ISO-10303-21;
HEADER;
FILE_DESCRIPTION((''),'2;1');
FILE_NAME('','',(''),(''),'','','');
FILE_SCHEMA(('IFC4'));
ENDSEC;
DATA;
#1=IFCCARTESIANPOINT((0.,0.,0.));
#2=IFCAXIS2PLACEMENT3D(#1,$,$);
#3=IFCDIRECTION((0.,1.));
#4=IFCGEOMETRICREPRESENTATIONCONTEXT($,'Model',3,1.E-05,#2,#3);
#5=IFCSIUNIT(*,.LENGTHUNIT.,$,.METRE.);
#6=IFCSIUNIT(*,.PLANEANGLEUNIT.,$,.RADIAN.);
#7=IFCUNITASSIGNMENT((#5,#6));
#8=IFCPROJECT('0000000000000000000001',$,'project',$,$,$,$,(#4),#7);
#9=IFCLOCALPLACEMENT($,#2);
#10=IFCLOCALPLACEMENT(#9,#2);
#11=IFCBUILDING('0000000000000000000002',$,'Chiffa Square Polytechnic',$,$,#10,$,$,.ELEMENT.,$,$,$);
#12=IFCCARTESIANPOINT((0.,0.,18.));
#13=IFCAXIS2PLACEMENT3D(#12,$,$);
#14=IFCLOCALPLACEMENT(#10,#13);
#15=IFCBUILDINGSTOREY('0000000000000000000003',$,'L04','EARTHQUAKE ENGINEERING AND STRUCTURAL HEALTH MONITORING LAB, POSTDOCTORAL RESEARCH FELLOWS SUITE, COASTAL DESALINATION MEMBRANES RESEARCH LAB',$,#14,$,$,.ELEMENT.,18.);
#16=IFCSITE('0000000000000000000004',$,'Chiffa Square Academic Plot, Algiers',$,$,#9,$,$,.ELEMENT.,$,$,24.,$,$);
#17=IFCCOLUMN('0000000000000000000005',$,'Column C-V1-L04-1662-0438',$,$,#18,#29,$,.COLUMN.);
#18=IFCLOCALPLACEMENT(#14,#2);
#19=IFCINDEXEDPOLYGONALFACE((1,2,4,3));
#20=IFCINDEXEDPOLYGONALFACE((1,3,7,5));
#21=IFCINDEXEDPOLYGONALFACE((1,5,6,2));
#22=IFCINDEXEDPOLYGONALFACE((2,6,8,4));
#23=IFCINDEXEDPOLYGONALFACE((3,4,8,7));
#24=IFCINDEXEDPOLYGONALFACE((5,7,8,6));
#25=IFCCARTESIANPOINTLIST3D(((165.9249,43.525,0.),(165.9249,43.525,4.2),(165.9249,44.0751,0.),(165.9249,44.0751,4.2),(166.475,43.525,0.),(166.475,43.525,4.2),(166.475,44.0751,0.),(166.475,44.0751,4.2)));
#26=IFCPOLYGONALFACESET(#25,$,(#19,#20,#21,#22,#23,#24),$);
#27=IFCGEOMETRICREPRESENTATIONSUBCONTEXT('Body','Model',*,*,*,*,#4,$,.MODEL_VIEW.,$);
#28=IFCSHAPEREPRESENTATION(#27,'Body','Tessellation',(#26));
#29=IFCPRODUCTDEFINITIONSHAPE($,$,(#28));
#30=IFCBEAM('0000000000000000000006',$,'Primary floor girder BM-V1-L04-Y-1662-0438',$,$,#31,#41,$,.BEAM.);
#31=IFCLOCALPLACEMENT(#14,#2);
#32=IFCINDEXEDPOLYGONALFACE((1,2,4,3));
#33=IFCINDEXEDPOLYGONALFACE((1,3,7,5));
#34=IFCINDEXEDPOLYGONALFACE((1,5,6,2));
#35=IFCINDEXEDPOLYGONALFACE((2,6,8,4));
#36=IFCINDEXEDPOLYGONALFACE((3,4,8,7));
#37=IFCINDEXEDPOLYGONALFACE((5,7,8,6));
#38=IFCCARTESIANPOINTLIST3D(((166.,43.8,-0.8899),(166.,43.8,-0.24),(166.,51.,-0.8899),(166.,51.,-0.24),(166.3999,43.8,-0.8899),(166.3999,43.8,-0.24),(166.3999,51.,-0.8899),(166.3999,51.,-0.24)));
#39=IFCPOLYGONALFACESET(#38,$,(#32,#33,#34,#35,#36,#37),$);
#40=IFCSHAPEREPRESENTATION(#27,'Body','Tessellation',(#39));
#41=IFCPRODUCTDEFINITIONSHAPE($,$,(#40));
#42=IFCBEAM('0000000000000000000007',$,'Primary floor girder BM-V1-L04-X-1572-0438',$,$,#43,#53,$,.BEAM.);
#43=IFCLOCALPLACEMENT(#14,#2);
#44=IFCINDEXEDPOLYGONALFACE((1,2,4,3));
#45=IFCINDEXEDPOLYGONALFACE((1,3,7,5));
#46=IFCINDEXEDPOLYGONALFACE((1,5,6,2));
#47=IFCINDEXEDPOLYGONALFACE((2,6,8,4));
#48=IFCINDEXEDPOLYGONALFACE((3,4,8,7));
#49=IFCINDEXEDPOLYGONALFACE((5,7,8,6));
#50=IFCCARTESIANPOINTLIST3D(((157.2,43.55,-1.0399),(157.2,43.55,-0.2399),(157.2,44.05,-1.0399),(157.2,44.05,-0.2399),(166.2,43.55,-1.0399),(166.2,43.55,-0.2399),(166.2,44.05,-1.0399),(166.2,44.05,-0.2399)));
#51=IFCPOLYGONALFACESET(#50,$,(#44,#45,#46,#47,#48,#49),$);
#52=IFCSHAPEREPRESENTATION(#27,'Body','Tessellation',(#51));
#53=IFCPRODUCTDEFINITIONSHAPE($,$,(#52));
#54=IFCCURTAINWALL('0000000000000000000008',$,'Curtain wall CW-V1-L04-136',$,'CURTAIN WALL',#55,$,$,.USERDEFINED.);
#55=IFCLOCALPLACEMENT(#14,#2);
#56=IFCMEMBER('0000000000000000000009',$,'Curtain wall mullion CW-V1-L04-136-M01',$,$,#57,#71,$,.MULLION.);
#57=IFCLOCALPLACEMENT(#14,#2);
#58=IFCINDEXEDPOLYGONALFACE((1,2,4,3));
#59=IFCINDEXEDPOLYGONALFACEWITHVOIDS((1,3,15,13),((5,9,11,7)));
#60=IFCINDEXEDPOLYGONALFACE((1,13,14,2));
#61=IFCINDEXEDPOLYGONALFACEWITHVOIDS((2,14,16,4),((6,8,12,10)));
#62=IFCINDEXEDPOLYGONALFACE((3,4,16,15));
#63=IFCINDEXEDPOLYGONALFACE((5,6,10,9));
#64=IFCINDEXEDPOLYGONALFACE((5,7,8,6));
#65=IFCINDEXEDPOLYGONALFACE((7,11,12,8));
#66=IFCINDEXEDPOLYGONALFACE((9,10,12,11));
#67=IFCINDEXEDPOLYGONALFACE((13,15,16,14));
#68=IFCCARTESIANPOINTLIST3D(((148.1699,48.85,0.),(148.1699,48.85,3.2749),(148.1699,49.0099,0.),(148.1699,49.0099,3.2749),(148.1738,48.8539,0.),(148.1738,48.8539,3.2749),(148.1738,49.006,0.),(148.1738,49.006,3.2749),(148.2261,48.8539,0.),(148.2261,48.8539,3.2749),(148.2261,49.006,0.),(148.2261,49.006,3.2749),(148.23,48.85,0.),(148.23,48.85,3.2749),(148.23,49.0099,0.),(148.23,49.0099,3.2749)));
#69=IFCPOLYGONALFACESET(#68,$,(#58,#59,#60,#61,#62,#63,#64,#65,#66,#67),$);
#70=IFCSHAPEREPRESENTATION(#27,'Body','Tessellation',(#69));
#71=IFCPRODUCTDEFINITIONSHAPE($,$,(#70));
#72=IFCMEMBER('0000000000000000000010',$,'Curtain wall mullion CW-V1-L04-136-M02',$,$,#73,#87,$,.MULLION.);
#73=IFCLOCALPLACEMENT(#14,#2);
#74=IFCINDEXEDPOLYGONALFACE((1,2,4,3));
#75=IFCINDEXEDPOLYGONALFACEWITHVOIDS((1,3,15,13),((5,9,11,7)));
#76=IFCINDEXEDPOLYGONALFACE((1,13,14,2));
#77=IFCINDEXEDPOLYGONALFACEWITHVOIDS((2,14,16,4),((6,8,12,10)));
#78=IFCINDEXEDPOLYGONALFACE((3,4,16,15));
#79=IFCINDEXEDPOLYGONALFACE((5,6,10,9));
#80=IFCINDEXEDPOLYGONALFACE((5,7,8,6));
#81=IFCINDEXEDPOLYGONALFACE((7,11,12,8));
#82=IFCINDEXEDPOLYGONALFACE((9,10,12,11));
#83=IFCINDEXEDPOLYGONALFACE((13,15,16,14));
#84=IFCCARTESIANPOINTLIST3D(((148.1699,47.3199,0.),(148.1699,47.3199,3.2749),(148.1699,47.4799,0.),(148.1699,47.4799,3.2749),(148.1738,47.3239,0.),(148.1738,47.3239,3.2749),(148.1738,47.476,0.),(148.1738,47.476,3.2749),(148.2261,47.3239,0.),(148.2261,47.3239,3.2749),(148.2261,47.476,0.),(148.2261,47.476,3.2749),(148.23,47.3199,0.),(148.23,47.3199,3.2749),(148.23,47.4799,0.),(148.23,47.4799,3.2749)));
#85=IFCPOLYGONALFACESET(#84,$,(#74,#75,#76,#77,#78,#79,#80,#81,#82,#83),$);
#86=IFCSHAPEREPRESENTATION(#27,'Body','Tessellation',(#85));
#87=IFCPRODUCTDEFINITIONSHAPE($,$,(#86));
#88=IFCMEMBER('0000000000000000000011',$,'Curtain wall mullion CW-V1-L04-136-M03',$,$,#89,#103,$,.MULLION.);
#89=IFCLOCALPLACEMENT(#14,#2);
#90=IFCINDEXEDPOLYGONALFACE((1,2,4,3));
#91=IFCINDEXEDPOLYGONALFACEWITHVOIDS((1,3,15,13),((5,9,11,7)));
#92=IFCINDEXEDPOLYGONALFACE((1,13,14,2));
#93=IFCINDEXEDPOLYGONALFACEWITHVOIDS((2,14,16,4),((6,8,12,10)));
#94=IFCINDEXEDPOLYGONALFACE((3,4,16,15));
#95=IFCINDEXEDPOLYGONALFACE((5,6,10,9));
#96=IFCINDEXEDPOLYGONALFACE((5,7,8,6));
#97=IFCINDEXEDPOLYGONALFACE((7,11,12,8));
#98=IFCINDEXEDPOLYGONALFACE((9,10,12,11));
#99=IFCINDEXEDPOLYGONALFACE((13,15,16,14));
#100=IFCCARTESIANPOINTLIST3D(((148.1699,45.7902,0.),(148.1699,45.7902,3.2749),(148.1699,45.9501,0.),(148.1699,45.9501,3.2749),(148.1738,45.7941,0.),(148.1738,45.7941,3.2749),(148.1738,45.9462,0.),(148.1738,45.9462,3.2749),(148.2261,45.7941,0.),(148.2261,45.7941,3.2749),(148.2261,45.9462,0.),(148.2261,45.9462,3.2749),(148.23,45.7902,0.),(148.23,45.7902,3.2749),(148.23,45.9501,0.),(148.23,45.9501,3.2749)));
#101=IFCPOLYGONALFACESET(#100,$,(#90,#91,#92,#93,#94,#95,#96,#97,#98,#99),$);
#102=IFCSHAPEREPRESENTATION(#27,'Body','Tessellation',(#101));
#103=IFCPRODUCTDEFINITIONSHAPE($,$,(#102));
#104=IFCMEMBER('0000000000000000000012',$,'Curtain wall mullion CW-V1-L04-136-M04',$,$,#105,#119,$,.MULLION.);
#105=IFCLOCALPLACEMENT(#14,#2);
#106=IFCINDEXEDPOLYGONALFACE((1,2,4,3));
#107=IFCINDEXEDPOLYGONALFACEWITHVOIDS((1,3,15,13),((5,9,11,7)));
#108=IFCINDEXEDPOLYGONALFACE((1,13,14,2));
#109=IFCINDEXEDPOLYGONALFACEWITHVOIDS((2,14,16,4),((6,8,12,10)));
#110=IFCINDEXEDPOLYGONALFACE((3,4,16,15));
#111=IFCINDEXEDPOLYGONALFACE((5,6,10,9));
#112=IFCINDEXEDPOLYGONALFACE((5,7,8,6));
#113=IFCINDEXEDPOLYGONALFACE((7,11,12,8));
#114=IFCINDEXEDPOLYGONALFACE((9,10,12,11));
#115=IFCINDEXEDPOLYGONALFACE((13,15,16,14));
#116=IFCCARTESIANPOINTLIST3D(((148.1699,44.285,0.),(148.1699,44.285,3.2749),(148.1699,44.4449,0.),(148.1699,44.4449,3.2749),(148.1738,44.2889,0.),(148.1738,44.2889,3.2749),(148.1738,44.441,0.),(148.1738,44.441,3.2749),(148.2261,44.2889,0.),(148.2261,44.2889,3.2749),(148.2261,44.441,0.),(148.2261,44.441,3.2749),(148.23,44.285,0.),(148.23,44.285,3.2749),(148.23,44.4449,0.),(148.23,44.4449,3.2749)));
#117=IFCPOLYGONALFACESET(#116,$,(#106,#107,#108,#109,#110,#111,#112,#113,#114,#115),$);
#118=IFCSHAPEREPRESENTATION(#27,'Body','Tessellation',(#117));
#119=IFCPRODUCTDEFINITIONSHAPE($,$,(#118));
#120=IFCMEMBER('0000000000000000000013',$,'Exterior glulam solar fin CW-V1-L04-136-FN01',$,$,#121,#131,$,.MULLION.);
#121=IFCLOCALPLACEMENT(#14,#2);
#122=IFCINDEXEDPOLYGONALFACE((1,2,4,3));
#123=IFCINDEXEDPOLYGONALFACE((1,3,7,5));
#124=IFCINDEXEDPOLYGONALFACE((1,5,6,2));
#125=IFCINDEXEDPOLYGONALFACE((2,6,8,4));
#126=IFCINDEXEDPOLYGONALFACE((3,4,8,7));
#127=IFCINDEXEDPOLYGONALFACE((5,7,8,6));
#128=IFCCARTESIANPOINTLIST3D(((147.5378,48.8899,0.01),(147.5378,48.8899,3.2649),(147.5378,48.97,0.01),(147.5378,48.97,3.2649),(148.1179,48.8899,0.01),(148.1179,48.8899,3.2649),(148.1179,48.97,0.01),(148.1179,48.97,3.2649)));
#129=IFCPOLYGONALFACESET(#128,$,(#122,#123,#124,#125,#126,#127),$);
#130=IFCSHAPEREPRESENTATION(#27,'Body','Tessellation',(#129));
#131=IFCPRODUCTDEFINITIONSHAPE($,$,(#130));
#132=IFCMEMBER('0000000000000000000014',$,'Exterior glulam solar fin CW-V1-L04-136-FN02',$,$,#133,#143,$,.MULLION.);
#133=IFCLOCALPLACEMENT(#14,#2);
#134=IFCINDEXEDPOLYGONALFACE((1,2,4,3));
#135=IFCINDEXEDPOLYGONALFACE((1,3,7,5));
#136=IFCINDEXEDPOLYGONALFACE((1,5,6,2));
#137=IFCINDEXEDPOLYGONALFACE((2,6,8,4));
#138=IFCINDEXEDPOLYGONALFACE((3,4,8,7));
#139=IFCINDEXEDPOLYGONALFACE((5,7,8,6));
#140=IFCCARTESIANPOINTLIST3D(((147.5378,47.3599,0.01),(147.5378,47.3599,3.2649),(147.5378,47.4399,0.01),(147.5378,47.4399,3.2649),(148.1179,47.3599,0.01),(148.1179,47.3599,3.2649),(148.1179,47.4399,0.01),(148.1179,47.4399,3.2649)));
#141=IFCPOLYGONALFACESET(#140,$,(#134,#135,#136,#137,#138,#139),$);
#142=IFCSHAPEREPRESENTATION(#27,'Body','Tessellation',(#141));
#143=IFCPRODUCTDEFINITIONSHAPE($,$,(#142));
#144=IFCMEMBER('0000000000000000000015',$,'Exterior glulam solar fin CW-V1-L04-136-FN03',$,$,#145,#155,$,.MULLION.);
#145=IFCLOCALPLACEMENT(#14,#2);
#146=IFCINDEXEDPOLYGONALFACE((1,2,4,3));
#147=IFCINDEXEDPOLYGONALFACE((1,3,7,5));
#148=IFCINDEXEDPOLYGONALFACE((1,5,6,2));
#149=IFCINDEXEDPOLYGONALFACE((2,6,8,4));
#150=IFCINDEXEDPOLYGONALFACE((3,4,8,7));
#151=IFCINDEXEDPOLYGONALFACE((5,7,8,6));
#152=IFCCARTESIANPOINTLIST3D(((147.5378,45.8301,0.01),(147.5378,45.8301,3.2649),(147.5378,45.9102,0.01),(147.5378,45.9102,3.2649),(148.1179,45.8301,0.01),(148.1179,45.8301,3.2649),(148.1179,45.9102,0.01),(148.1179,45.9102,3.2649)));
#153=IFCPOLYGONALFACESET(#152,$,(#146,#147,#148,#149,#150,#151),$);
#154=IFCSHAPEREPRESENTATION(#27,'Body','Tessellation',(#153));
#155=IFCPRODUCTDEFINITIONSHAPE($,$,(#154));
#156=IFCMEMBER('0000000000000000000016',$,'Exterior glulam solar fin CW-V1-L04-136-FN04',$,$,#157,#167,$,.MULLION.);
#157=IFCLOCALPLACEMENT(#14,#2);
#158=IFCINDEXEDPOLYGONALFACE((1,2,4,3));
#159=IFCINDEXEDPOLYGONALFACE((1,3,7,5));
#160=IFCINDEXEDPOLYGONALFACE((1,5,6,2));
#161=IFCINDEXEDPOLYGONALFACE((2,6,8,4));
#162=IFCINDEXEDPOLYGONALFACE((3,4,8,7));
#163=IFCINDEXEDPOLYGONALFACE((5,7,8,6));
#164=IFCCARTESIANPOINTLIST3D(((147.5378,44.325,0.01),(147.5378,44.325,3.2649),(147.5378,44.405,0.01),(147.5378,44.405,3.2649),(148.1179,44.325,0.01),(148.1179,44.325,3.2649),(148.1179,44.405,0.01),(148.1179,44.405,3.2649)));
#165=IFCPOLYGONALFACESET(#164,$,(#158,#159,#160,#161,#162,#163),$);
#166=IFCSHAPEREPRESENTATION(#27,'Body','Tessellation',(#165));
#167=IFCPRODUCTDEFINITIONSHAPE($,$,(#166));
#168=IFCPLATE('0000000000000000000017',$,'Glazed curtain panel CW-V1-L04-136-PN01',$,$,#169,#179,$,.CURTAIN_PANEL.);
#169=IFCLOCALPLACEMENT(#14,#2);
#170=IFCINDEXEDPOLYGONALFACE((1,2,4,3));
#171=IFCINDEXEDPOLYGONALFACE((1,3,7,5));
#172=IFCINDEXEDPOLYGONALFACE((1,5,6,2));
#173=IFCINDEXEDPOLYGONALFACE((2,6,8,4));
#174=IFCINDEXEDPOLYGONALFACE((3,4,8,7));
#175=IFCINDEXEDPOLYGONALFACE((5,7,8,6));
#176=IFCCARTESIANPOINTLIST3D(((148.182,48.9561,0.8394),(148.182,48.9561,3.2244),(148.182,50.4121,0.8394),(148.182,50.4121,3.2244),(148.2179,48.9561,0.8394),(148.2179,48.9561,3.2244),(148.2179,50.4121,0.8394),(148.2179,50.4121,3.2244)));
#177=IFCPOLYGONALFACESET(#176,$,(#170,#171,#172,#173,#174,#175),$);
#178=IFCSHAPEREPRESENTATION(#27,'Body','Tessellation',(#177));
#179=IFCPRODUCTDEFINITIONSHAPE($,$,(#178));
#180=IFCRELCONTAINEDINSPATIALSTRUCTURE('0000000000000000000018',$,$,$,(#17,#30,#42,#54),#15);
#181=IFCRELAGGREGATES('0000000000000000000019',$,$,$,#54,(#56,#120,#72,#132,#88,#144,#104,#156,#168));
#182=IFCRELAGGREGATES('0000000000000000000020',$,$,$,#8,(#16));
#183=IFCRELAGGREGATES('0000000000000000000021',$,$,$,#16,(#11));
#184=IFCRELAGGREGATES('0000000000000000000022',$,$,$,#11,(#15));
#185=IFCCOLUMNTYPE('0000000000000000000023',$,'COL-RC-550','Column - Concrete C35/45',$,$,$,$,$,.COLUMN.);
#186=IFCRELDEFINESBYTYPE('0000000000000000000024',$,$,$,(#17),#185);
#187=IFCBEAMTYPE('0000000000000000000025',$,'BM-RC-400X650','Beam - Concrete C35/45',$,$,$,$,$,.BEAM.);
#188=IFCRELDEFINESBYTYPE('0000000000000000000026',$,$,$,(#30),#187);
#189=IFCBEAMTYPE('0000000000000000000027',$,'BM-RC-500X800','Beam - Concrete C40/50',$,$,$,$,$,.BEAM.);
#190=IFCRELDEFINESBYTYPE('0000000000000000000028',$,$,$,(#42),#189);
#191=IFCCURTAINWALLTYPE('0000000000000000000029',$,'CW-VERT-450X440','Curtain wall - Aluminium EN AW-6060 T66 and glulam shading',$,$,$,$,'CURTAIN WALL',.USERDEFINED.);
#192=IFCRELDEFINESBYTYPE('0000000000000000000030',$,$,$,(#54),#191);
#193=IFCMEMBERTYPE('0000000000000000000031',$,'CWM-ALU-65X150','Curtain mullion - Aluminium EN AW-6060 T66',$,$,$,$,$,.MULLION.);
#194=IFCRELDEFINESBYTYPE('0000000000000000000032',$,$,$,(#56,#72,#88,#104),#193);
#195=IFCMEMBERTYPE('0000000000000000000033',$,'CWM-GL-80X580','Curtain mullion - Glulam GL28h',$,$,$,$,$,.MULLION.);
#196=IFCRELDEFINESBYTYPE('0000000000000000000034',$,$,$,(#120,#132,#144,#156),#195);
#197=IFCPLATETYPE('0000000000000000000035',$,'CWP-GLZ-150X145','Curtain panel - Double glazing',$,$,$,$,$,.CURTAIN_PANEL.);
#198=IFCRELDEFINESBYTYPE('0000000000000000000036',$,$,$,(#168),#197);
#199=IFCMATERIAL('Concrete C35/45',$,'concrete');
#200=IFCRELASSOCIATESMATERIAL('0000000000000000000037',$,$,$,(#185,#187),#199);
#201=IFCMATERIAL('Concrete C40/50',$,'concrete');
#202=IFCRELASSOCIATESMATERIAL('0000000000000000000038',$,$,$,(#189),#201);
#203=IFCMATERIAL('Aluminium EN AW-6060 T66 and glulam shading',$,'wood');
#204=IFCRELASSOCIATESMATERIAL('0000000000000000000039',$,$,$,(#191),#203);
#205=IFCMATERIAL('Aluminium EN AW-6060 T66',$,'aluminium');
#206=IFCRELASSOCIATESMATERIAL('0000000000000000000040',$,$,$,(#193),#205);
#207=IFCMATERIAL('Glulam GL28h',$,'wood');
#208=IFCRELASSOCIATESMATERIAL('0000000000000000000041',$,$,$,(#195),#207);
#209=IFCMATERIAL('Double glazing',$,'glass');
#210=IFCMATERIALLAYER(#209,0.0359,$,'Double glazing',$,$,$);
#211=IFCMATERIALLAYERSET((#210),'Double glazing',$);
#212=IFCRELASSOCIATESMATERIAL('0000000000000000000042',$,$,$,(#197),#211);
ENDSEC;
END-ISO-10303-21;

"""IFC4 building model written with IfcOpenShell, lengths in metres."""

from ifc_helpers import new_model, si_unit, direction, frame, origin, origin_2d, place, context, subcontext, project, spatial, rectangle, hollow_rectangle, extrude, material, layer, layer_set, material_profile, profile_set, type_object, element, aggregate, save


model = new_model("IFC4")

# Units and contexts
model_context = context("Model", 3, precision=1e-05, world=origin(), true_north=direction((0.0, 1.0)))
body_context = subcontext(model_context, "Body", "Model", "MODEL_VIEW")
ifc_project = project(units=[si_unit("LENGTHUNIT", "METRE"), si_unit("PLANEANGLEUNIT", "RADIAN")], contexts=[model_context])

# Site, building, storey
site_placement = place(None, origin())
site = spatial("IfcSite", under=ifc_project, at=site_placement, Name="Chiffa Square Academic Plot, Algiers", CompositionType="ELEMENT", RefElevation=24.0)
building_placement = place(site_placement, origin())
building = spatial("IfcBuilding", under=site, at=building_placement, Name="Chiffa Square Polytechnic", CompositionType="ELEMENT")
storey_placement = place(building_placement, frame((0.0, 0.0, 18.0)))
storey = spatial("IfcBuildingStorey", under=building, at=storey_placement, Name="L04", Description="EARTHQUAKE ENGINEERING AND STRUCTURAL HEALTH MONITORING LAB, POSTDOCTORAL RESEARCH FELLOWS SUITE, COASTAL DESALINATION MEMBRANES RESEARCH LAB", CompositionType="ELEMENT", Elevation=18.0)

# Column
ifc_material_1 = material(Name="Concrete C35/45", Category="concrete")
ifc_material_profile_1 = material_profile(ifc_material_1, rectangle(XDim=0.55, YDim=0.55, at=origin_2d()), Name="RC 550x550")
ifc_profile_set_1 = profile_set([ifc_material_profile_1], Name="Concrete C35/45")
column_type = type_object("IfcColumnType", Name="COL-RC-550", Description="Column - Concrete C35/45", PredefinedType="COLUMN", material=ifc_profile_set_1)
column_placement = place(storey_placement, frame((166.2, 43.8, 0.0), z_axis=(0.0, 0.0, 1.0), x_axis=(1.0, 0.0, 0.0)))
element("IfcColumn", 1, at=column_placement, inside=storey, type_object=column_type, Name="Column C-V1-L04-1662-0438", PredefinedType="COLUMN", context=body_context, shape_type="SweptSolid", body=[
    extrude(rectangle(XDim=0.55, YDim=0.55, at=origin_2d()), origin(), (0.0, 0.0, 1.0), 4.2),
])

# Beams
ifc_material_profile_2 = material_profile(ifc_material_1, rectangle(XDim=0.3999, YDim=0.6499, at=origin_2d()), Name="RC 400x650")
ifc_profile_set_2 = profile_set([ifc_material_profile_2], Name="Concrete C35/45")
beam_type_1 = type_object("IfcBeamType", Name="BM-RC-400X650", Description="Beam - Concrete C35/45", PredefinedType="BEAM", material=ifc_profile_set_2)
beam_1_placement = place(storey_placement, frame((166.2, 43.8, -0.5649), z_axis=(0.0, 1.0, 0.0), x_axis=(-1.0, 0.0, 0.0)))
element("IfcBeam", 2, at=beam_1_placement, inside=storey, type_object=beam_type_1, Name="Primary floor girder BM-V1-L04-Y-1662-0438", PredefinedType="BEAM", context=body_context, shape_type="SweptSolid", body=[
    extrude(rectangle(XDim=0.3999, YDim=0.6499, at=origin_2d()), origin(), (0.0, 0.0, 1.0), 7.2),
])
ifc_material_2 = material(Name="Concrete C40/50", Category="concrete")
ifc_material_profile_3 = material_profile(ifc_material_2, rectangle(XDim=0.5, YDim=0.8, at=origin_2d()), Name="RC 500x800")
ifc_profile_set_3 = profile_set([ifc_material_profile_3], Name="Concrete C40/50")
beam_type_2 = type_object("IfcBeamType", Name="BM-RC-500X800", Description="Beam - Concrete C40/50", PredefinedType="BEAM", material=ifc_profile_set_3)
beam_2_placement = place(storey_placement, frame((157.2, 43.8, -0.6399), z_axis=(1.0, 0.0, 0.0), x_axis=(0.0, 1.0, 0.0)))
element("IfcBeam", 3, at=beam_2_placement, inside=storey, type_object=beam_type_2, Name="Primary floor girder BM-V1-L04-X-1572-0438", PredefinedType="BEAM", context=body_context, shape_type="SweptSolid", body=[
    extrude(rectangle(XDim=0.5, YDim=0.8, at=origin_2d()), origin(), (0.0, 0.0, 1.0), 9.0),
])

# Curtain wall, members, plate
ifc_material_3 = material(Name="Aluminium EN AW-6060 T66 and glulam shading", Category="wood")
curtain_wall_type = type_object("IfcCurtainWallType", Name="CW-VERT-450X440", Description="Curtain wall - Aluminium EN AW-6060 T66 and glulam shading", ElementType="CURTAIN WALL", PredefinedType="USERDEFINED", material=ifc_material_3)
curtain_wall_placement = place(storey_placement, origin())
curtain_wall = element("IfcCurtainWall", 4, at=curtain_wall_placement, inside=storey, type_object=curtain_wall_type, Name="Curtain wall CW-V1-L04-136", ObjectType="CURTAIN WALL", PredefinedType="USERDEFINED")
ifc_material_4 = material(Name="Aluminium EN AW-6060 T66", Category="aluminium")
ifc_material_profile_4 = material_profile(ifc_material_4, hollow_rectangle(XDim=0.0601, YDim=0.1599, WallThickness=0.0039, at=origin_2d()), Name="ALU 60x160x4")
ifc_profile_set_4 = profile_set([ifc_material_profile_4], Name="Aluminium EN AW-6060 T66")
member_type_1 = type_object("IfcMemberType", Name="CWM-ALU-65X150", Description="Curtain mullion - Aluminium EN AW-6060 T66", PredefinedType="MULLION", material=ifc_profile_set_4)
member_1_placement = place(storey_placement, frame((148.2, 48.9299, 0.0), z_axis=(0.0, 0.0, 1.0), x_axis=(1.0, 0.0, 0.0)))
member_1 = element("IfcMember", 5, at=member_1_placement, type_object=member_type_1, Name="Curtain wall mullion CW-V1-L04-136-M01", PredefinedType="MULLION", context=body_context, shape_type="SweptSolid", body=[
    extrude(hollow_rectangle(XDim=0.0601, YDim=0.1599, WallThickness=0.0039, at=origin_2d()), origin(), (0.0, 0.0, 1.0), 3.2749),
])
member_2_placement = place(storey_placement, frame((148.2, 47.3999, 0.0), z_axis=(0.0, 0.0, 1.0), x_axis=(1.0, 0.0, 0.0)))
member_2 = element("IfcMember", 6, at=member_2_placement, type_object=member_type_1, Name="Curtain wall mullion CW-V1-L04-136-M02", PredefinedType="MULLION", context=body_context, shape_type="SweptSolid", body=[
    extrude(hollow_rectangle(XDim=0.0601, YDim=0.1599, WallThickness=0.0039, at=origin_2d()), origin(), (0.0, 0.0, 1.0), 3.2749),
])
member_3_placement = place(storey_placement, frame((148.2, 45.8701, 0.0), z_axis=(0.0, 0.0, 1.0), x_axis=(1.0, 0.0, 0.0)))
member_3 = element("IfcMember", 7, at=member_3_placement, type_object=member_type_1, Name="Curtain wall mullion CW-V1-L04-136-M03", PredefinedType="MULLION", context=body_context, shape_type="SweptSolid", body=[
    extrude(hollow_rectangle(XDim=0.0601, YDim=0.1599, WallThickness=0.0039, at=origin_2d()), origin(), (0.0, 0.0, 1.0), 3.2749),
])
member_4_placement = place(storey_placement, frame((148.2, 44.365, 0.0), z_axis=(0.0, 0.0, 1.0), x_axis=(1.0, 0.0, 0.0)))
member_4 = element("IfcMember", 8, at=member_4_placement, type_object=member_type_1, Name="Curtain wall mullion CW-V1-L04-136-M04", PredefinedType="MULLION", context=body_context, shape_type="SweptSolid", body=[
    extrude(hollow_rectangle(XDim=0.0601, YDim=0.1599, WallThickness=0.0039, at=origin_2d()), origin(), (0.0, 0.0, 1.0), 3.2749),
])
ifc_material_5 = material(Name="Glulam GL28h", Category="wood")
ifc_material_profile_5 = material_profile(ifc_material_5, rectangle(XDim=0.0801, YDim=0.5801, at=origin_2d()), Name="GL28h 80x580")
ifc_profile_set_5 = profile_set([ifc_material_profile_5], Name="Glulam GL28h")
member_type_2 = type_object("IfcMemberType", Name="CWM-GL-80X580", Description="Curtain mullion - Glulam GL28h", PredefinedType="MULLION", material=ifc_profile_set_5)
member_5_placement = place(storey_placement, frame((147.8279, 48.9299, 0.01), z_axis=(0.0, 0.0, 1.0), x_axis=(0.0, -1.0, 0.0)))
member_5 = element("IfcMember", 9, at=member_5_placement, type_object=member_type_2, Name="Exterior glulam solar fin CW-V1-L04-136-FN01", PredefinedType="MULLION", context=body_context, shape_type="SweptSolid", body=[
    extrude(rectangle(XDim=0.0801, YDim=0.5801, at=origin_2d()), origin(), (0.0, 0.0, 1.0), 3.2549),
])
member_6_placement = place(storey_placement, frame((147.8279, 47.3999, 0.01), z_axis=(0.0, 0.0, 1.0), x_axis=(0.0, -1.0, 0.0)))
member_6 = element("IfcMember", 10, at=member_6_placement, type_object=member_type_2, Name="Exterior glulam solar fin CW-V1-L04-136-FN02", PredefinedType="MULLION", context=body_context, shape_type="SweptSolid", body=[
    extrude(rectangle(XDim=0.0801, YDim=0.5801, at=origin_2d()), origin(), (0.0, 0.0, 1.0), 3.2549),
])
member_7_placement = place(storey_placement, frame((147.8279, 45.8701, 0.01), z_axis=(0.0, 0.0, 1.0), x_axis=(0.0, -1.0, 0.0)))
member_7 = element("IfcMember", 11, at=member_7_placement, type_object=member_type_2, Name="Exterior glulam solar fin CW-V1-L04-136-FN03", PredefinedType="MULLION", context=body_context, shape_type="SweptSolid", body=[
    extrude(rectangle(XDim=0.0801, YDim=0.5801, at=origin_2d()), origin(), (0.0, 0.0, 1.0), 3.2549),
])
member_8_placement = place(storey_placement, frame((147.8279, 44.365, 0.01), z_axis=(0.0, 0.0, 1.0), x_axis=(0.0, -1.0, 0.0)))
member_8 = element("IfcMember", 12, at=member_8_placement, type_object=member_type_2, Name="Exterior glulam solar fin CW-V1-L04-136-FN04", PredefinedType="MULLION", context=body_context, shape_type="SweptSolid", body=[
    extrude(rectangle(XDim=0.0801, YDim=0.5801, at=origin_2d()), origin(), (0.0, 0.0, 1.0), 3.2549),
])
ifc_material_6 = material(Name="Double glazing", Category="glass")
ifc_layer_1 = layer(ifc_material_6, 0.0359, Name="Double glazing")
ifc_layer_set_1 = layer_set([ifc_layer_1], Name="Double glazing")
plate_type_1 = type_object("IfcPlateType", Name="CWP-GLZ-150X145", Description="Curtain panel - Double glazing", PredefinedType="CURTAIN_PANEL", material=ifc_layer_set_1)
plate_1_placement = place(storey_placement, frame((148.2, 49.6841, 0.8394), z_axis=(0.0, 0.0, 1.0), x_axis=(0.0, -1.0, 0.0)))
plate_1 = element("IfcPlate", 13, at=plate_1_placement, type_object=plate_type_1, Name="Glazed curtain panel CW-V1-L04-136-PN01", PredefinedType="CURTAIN_PANEL", context=body_context, shape_type="SweptSolid", body=[
    extrude(rectangle(XDim=1.4561, YDim=0.0359, at=origin_2d()), origin(), (0.0, 0.0, 1.0), 2.385),
])
aggregate(curtain_wall, [member_1, member_5, member_2, member_6, member_3, member_7, member_4, member_8, plate_1])

save(model, "model.ifc")
